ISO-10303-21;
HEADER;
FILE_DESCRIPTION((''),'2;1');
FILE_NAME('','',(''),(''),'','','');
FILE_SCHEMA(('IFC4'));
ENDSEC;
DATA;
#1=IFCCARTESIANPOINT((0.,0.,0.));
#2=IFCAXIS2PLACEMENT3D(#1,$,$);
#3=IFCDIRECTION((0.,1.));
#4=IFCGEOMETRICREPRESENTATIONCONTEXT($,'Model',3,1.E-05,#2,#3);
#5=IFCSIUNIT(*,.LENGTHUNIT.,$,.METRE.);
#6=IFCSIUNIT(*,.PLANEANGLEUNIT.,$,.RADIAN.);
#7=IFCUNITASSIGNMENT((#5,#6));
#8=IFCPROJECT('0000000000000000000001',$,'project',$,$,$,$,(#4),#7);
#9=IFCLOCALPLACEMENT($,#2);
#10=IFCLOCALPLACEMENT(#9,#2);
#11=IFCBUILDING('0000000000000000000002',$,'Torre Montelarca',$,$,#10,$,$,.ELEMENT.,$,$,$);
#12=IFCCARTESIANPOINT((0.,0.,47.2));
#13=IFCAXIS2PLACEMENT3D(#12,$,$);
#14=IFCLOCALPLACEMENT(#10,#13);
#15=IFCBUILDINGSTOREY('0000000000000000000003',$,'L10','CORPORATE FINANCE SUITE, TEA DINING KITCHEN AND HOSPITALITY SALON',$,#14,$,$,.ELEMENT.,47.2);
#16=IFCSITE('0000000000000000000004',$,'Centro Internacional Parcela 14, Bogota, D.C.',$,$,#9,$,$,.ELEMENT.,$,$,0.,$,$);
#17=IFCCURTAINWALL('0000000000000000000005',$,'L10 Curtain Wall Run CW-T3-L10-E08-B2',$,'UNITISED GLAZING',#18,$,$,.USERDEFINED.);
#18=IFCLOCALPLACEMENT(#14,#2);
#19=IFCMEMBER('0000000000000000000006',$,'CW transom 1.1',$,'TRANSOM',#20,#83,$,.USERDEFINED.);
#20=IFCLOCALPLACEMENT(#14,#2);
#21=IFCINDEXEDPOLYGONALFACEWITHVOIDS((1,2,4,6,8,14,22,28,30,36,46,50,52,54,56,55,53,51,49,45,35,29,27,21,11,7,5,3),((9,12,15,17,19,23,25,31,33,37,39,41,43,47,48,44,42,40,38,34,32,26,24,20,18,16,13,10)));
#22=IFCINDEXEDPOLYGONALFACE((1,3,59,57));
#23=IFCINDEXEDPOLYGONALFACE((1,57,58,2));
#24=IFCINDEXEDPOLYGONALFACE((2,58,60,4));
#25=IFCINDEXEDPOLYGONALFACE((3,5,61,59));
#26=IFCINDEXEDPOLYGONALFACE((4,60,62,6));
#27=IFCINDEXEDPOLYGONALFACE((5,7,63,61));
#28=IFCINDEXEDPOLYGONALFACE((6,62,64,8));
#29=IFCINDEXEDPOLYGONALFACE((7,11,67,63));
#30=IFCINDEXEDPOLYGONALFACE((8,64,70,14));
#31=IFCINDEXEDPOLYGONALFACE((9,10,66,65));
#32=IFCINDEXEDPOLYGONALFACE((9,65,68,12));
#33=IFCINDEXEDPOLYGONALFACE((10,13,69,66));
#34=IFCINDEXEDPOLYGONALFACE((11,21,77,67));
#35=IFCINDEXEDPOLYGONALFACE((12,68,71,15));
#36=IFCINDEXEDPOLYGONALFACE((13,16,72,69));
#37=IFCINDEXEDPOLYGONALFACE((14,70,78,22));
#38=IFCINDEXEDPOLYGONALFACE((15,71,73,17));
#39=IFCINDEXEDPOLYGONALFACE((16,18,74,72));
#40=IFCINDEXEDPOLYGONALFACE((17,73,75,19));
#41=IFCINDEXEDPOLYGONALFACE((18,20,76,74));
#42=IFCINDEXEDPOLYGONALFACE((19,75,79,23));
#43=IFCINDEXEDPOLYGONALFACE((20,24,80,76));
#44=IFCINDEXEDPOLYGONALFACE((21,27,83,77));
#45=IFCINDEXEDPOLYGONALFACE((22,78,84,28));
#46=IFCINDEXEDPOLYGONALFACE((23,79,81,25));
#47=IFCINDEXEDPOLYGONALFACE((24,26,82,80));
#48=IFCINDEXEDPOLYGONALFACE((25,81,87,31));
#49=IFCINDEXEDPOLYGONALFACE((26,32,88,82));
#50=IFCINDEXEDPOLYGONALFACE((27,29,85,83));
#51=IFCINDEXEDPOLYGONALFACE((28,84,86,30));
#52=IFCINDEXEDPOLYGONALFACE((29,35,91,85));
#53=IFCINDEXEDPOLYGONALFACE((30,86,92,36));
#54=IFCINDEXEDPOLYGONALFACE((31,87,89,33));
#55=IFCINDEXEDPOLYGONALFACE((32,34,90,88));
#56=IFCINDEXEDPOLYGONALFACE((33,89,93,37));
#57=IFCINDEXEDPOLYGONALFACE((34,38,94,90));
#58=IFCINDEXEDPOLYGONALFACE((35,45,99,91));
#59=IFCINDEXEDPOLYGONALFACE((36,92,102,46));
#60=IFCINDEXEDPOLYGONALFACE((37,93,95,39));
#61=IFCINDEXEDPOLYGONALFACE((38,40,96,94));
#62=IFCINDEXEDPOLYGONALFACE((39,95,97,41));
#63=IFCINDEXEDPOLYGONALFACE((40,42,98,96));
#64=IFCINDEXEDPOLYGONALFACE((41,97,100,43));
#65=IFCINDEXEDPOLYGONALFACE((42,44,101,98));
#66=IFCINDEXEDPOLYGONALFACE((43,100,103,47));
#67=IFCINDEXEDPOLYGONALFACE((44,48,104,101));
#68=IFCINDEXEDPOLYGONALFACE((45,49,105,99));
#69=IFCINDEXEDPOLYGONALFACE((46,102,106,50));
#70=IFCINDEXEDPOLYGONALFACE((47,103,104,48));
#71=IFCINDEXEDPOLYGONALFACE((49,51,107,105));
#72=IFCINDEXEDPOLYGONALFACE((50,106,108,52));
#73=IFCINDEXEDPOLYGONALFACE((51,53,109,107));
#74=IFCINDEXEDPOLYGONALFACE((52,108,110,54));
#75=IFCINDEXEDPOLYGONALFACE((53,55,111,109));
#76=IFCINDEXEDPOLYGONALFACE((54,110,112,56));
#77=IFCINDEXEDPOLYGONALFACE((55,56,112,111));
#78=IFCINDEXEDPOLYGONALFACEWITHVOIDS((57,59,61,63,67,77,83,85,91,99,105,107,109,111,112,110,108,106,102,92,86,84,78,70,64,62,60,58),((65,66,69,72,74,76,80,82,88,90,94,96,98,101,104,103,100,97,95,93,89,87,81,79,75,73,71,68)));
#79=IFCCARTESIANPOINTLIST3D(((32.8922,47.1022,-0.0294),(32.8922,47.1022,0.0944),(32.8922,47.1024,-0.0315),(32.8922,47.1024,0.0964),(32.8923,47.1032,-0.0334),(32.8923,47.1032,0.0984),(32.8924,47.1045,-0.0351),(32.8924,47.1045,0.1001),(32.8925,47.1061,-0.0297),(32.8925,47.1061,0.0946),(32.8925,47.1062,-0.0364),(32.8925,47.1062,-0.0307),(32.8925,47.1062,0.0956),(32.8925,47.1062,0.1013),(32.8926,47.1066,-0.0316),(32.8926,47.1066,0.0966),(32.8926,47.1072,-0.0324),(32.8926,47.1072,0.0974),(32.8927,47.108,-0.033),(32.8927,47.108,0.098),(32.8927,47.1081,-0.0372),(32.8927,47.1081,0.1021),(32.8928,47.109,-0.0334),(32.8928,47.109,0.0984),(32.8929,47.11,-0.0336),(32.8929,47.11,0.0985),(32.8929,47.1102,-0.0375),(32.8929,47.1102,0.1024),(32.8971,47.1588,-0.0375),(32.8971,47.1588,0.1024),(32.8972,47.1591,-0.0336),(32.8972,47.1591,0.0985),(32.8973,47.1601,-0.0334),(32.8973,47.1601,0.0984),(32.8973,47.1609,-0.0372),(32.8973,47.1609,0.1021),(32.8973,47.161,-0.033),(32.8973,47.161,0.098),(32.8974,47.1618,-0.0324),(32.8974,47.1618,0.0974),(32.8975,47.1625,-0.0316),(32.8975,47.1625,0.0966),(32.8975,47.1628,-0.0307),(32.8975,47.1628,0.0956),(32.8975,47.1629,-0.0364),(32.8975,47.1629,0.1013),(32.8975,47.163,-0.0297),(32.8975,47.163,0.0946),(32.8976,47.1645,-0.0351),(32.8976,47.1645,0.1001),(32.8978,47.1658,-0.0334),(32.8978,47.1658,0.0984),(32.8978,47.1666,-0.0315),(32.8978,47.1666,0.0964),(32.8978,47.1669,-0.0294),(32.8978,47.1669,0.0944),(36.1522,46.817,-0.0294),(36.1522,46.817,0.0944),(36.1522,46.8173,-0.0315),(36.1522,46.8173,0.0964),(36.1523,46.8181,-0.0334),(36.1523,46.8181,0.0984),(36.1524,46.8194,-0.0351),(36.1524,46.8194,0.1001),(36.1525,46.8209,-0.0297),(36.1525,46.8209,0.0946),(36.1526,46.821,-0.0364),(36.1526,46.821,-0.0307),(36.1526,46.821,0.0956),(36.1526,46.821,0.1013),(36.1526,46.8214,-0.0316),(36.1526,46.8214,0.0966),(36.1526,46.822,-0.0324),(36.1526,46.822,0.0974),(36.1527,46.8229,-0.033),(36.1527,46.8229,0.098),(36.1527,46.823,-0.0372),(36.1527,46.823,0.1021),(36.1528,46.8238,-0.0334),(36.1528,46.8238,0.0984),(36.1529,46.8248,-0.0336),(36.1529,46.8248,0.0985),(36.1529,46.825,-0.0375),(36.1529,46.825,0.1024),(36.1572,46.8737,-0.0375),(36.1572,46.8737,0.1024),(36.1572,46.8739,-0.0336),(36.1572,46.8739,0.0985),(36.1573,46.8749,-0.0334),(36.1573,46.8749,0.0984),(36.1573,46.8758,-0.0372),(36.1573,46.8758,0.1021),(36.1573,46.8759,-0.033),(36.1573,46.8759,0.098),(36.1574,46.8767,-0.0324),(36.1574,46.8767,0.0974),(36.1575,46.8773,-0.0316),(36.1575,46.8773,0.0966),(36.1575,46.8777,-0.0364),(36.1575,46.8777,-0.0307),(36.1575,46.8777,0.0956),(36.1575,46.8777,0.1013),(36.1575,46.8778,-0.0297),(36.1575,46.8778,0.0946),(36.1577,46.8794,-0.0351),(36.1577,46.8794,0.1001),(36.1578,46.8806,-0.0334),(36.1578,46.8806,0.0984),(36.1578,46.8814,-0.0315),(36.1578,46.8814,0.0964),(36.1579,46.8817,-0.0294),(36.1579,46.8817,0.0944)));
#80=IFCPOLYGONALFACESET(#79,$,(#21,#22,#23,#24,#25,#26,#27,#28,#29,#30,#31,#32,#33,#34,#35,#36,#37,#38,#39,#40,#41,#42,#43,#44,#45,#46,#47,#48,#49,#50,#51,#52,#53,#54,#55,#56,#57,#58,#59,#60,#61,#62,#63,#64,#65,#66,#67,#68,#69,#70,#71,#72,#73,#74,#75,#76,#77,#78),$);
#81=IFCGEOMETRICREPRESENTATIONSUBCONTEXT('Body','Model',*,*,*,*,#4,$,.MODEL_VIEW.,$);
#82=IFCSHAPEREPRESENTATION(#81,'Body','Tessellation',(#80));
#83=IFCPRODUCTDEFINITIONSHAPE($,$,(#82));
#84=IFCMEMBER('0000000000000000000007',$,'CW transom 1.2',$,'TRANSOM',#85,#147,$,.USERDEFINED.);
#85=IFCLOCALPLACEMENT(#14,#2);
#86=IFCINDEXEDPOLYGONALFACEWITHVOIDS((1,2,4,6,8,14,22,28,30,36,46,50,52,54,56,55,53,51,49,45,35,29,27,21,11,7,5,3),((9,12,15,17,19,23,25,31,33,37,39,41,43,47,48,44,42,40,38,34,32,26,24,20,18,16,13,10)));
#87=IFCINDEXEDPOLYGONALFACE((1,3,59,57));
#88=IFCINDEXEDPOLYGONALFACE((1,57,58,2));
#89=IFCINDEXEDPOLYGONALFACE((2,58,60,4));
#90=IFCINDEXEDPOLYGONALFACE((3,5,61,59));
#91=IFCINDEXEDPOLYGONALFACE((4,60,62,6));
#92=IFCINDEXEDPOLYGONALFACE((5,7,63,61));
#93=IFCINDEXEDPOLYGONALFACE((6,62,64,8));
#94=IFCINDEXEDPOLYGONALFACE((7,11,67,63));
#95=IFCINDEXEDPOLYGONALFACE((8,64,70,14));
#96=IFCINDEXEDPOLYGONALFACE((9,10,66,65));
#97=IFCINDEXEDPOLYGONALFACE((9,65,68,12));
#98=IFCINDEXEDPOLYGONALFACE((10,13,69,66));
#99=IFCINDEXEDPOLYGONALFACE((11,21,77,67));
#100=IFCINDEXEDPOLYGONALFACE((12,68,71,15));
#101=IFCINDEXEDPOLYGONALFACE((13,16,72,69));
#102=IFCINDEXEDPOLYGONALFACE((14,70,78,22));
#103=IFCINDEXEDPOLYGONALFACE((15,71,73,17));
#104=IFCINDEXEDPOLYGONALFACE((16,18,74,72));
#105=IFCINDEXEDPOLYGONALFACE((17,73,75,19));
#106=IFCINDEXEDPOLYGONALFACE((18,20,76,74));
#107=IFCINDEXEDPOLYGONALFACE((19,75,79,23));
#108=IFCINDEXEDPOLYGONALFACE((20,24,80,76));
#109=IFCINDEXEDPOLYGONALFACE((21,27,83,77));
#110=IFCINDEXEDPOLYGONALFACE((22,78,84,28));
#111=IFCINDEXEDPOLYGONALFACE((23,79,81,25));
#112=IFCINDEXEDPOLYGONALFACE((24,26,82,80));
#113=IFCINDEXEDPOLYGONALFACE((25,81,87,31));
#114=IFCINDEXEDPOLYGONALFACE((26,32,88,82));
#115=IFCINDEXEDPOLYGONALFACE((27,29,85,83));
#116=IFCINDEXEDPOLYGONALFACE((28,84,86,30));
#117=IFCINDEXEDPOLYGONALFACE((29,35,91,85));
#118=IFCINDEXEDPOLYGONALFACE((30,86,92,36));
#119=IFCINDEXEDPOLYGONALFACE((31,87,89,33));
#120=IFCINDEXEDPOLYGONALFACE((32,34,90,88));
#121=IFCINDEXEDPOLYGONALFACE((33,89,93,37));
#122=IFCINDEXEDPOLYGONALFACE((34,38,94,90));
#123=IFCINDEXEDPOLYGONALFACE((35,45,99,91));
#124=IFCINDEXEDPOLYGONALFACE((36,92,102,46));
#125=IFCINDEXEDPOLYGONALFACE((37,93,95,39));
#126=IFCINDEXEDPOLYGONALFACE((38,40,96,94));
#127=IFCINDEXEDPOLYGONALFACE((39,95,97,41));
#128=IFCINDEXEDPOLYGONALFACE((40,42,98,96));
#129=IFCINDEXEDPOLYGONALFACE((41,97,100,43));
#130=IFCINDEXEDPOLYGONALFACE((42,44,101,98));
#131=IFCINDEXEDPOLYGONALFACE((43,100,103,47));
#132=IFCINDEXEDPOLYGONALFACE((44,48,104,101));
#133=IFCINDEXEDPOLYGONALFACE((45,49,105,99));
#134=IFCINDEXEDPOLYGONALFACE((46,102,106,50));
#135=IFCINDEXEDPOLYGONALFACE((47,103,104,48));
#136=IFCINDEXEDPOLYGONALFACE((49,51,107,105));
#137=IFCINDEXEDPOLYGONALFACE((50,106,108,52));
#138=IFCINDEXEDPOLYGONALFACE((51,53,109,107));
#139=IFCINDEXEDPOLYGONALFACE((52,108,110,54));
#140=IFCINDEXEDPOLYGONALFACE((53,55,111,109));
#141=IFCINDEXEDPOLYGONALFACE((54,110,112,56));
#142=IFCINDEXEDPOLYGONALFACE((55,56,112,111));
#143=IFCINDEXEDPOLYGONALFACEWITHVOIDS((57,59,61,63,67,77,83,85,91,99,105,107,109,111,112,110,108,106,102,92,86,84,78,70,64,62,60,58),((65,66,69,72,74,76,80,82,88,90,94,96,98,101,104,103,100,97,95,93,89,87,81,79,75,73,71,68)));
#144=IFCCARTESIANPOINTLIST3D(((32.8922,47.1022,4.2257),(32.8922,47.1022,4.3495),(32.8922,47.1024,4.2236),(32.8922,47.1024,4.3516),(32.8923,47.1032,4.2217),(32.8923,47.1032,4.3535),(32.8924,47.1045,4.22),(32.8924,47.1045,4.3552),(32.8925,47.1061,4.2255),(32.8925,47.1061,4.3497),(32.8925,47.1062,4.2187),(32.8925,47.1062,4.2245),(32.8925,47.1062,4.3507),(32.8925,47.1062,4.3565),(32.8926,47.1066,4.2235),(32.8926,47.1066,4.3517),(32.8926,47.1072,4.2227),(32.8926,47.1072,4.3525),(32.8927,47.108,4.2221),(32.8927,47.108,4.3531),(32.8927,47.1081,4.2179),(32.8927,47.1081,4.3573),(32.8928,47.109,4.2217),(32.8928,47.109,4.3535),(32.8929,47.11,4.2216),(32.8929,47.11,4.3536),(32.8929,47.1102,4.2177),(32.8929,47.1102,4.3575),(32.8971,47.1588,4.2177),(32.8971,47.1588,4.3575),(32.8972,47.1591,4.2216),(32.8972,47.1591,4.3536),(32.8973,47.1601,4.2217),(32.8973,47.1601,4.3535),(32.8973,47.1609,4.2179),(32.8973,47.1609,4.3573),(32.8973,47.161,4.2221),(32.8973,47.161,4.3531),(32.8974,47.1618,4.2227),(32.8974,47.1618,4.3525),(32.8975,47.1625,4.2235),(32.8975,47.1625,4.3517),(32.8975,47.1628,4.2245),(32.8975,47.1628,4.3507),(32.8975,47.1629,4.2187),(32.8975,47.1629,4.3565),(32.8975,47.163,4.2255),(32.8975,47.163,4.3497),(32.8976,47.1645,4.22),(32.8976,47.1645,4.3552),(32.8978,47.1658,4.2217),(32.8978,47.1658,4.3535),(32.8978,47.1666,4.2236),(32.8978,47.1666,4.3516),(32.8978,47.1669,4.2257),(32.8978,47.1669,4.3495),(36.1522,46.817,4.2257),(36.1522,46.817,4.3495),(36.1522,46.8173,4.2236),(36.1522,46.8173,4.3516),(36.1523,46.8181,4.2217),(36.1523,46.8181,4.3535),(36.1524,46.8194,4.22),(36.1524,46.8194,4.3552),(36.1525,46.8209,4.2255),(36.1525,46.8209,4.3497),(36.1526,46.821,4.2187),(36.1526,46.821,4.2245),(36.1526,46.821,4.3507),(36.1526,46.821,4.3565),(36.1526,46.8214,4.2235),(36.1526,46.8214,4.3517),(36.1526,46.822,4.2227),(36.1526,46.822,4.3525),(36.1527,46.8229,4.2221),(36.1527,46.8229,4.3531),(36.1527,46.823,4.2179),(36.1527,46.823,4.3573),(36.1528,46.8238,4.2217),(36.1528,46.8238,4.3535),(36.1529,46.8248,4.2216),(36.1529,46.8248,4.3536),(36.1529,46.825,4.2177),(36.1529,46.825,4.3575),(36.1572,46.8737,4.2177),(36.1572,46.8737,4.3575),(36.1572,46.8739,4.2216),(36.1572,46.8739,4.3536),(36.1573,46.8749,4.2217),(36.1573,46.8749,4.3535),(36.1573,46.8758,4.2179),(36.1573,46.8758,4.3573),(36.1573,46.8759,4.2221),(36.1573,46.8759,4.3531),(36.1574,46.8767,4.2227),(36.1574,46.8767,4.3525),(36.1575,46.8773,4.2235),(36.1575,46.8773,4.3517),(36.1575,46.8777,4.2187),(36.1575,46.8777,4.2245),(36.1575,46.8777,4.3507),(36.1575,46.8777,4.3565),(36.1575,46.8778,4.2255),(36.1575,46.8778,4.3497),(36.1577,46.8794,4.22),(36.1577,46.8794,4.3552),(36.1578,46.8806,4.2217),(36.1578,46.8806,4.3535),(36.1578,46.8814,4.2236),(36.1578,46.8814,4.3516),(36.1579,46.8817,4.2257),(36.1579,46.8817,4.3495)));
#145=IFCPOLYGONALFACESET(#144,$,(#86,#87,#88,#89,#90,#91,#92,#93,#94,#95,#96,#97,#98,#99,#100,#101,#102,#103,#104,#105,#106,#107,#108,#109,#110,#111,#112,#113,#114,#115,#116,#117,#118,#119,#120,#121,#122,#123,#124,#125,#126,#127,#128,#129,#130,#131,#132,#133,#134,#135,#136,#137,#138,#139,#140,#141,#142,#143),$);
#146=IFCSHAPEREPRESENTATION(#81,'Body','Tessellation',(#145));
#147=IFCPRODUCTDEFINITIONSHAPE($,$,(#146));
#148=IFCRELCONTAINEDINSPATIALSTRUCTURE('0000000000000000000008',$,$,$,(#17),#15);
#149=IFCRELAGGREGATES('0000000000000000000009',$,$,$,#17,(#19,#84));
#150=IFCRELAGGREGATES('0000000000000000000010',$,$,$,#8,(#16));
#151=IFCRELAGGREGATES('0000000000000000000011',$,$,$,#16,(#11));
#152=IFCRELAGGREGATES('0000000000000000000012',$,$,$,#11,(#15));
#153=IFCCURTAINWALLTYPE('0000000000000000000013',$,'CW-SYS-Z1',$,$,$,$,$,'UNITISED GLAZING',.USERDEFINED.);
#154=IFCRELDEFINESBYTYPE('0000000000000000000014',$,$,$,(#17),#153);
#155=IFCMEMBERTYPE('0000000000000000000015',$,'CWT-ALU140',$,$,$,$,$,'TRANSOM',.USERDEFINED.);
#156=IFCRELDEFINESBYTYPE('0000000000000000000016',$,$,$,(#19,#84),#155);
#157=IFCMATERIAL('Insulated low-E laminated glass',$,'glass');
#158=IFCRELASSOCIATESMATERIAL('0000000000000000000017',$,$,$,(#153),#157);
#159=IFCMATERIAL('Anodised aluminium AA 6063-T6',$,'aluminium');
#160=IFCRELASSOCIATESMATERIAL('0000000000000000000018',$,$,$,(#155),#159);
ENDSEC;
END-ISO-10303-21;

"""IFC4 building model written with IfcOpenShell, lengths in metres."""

from ifc_helpers import new_model, si_unit, direction, frame, origin, origin_2d, place, context, subcontext, project, spatial, hollow_rectangle, extrude, source, transform, mapped, material, material_profile, profile_set, type_object, element, aggregate, save


model = new_model("IFC4")

# Units and contexts
model_context = context("Model", 3, precision=1e-05, world=origin(), true_north=direction((0.0, 1.0)))
body_context = subcontext(model_context, "Body", "Model", "MODEL_VIEW")
ifc_project = project(units=[si_unit("LENGTHUNIT", "METRE"), si_unit("PLANEANGLEUNIT", "RADIAN")], contexts=[model_context])

# Site, building, storey
site_placement = place(None, origin())
site = spatial("IfcSite", under=ifc_project, at=site_placement, Name="Centro Internacional Parcela 14, Bogota, D.C.", CompositionType="ELEMENT", RefElevation=0.0)
building_placement = place(site_placement, origin())
building = spatial("IfcBuilding", under=site, at=building_placement, Name="Torre Montelarca", CompositionType="ELEMENT")
storey_placement = place(building_placement, frame((0.0, 0.0, 47.2)))
storey = spatial("IfcBuildingStorey", under=building, at=storey_placement, Name="L10", Description="CORPORATE FINANCE SUITE, TEA DINING KITCHEN AND HOSPITALITY SALON", CompositionType="ELEMENT", Elevation=47.2)

# Shared definitions
ifc_material_1 = material(Name="Insulated low-E laminated glass", Category="glass")
curtain_wall_type = type_object("IfcCurtainWallType", Name="CW-SYS-Z1", ElementType="UNITISED GLAZING", PredefinedType="USERDEFINED", material=ifc_material_1)
ifc_material_2 = material(Name="Anodised aluminium AA 6063-T6", Category="aluminium")

# Curtain wall
curtain_wall_1_placement = place(storey_placement, origin())
curtain_wall_1 = element("IfcCurtainWall", 1, at=curtain_wall_1_placement, inside=storey, type_object=curtain_wall_type, Name="L10 Curtain Wall Run CW-T3-L10-E08-B2", ObjectType="UNITISED GLAZING", PredefinedType="USERDEFINED")
ifc_material_profile_1 = material_profile(ifc_material_2, hollow_rectangle(XDim=0.0649, YDim=0.1399, WallThickness=0.0039, InnerFilletRadius=0.0039, OuterFilletRadius=0.0081, at=origin_2d()), Name="ALU65X140X4", Category="aluminium")
ifc_profile_set_1 = profile_set([ifc_material_profile_1], Name="Anodised aluminium AA 6063-T6")
member_type_1 = type_object("IfcMemberType", Name="CWT-ALU140", ElementType="TRANSOM", PredefinedType="USERDEFINED", material=ifc_profile_set_1)

# Members
shared_shape_1 = source(origin(), body_context, "Body", "SweptSolid", [
    extrude(hollow_rectangle(XDim=0.0649, YDim=0.1399, WallThickness=0.0039, InnerFilletRadius=0.0039, OuterFilletRadius=0.0081, at=origin_2d()), origin(), (0.0, 0.0, 1.0), 3.2725),
])
member_1_placement = place(storey_placement, frame((36.155, 46.8494, 0.0325), z_axis=(-0.996196, 0.087138, 0.0), x_axis=(-0.087138, -0.996196, 0.0)))
member_1 = element("IfcMember", 2, at=member_1_placement, type_object=member_type_1, Name="CW transom 1.1", ObjectType="TRANSOM", PredefinedType="USERDEFINED", context=body_context, shape_type="MappedRepresentation", body=[
    mapped(shared_shape_1, transform((0.0, 0.0, 0.0), scale=1.0)),
])
member_2_placement = place(storey_placement, frame((36.155, 46.8494, 4.2876), z_axis=(-0.996196, 0.087138, 0.0), x_axis=(-0.087138, -0.996196, 0.0)))
member_2 = element("IfcMember", 3, at=member_2_placement, type_object=member_type_1, Name="CW transom 1.2", ObjectType="TRANSOM", PredefinedType="USERDEFINED", context=body_context, shape_type="MappedRepresentation", body=[
    mapped(shared_shape_1, transform((0.0, 0.0, 0.0), scale=1.0)),
])

aggregate(curtain_wall_1, [member_1, member_2])

save(model, "model.ifc")
